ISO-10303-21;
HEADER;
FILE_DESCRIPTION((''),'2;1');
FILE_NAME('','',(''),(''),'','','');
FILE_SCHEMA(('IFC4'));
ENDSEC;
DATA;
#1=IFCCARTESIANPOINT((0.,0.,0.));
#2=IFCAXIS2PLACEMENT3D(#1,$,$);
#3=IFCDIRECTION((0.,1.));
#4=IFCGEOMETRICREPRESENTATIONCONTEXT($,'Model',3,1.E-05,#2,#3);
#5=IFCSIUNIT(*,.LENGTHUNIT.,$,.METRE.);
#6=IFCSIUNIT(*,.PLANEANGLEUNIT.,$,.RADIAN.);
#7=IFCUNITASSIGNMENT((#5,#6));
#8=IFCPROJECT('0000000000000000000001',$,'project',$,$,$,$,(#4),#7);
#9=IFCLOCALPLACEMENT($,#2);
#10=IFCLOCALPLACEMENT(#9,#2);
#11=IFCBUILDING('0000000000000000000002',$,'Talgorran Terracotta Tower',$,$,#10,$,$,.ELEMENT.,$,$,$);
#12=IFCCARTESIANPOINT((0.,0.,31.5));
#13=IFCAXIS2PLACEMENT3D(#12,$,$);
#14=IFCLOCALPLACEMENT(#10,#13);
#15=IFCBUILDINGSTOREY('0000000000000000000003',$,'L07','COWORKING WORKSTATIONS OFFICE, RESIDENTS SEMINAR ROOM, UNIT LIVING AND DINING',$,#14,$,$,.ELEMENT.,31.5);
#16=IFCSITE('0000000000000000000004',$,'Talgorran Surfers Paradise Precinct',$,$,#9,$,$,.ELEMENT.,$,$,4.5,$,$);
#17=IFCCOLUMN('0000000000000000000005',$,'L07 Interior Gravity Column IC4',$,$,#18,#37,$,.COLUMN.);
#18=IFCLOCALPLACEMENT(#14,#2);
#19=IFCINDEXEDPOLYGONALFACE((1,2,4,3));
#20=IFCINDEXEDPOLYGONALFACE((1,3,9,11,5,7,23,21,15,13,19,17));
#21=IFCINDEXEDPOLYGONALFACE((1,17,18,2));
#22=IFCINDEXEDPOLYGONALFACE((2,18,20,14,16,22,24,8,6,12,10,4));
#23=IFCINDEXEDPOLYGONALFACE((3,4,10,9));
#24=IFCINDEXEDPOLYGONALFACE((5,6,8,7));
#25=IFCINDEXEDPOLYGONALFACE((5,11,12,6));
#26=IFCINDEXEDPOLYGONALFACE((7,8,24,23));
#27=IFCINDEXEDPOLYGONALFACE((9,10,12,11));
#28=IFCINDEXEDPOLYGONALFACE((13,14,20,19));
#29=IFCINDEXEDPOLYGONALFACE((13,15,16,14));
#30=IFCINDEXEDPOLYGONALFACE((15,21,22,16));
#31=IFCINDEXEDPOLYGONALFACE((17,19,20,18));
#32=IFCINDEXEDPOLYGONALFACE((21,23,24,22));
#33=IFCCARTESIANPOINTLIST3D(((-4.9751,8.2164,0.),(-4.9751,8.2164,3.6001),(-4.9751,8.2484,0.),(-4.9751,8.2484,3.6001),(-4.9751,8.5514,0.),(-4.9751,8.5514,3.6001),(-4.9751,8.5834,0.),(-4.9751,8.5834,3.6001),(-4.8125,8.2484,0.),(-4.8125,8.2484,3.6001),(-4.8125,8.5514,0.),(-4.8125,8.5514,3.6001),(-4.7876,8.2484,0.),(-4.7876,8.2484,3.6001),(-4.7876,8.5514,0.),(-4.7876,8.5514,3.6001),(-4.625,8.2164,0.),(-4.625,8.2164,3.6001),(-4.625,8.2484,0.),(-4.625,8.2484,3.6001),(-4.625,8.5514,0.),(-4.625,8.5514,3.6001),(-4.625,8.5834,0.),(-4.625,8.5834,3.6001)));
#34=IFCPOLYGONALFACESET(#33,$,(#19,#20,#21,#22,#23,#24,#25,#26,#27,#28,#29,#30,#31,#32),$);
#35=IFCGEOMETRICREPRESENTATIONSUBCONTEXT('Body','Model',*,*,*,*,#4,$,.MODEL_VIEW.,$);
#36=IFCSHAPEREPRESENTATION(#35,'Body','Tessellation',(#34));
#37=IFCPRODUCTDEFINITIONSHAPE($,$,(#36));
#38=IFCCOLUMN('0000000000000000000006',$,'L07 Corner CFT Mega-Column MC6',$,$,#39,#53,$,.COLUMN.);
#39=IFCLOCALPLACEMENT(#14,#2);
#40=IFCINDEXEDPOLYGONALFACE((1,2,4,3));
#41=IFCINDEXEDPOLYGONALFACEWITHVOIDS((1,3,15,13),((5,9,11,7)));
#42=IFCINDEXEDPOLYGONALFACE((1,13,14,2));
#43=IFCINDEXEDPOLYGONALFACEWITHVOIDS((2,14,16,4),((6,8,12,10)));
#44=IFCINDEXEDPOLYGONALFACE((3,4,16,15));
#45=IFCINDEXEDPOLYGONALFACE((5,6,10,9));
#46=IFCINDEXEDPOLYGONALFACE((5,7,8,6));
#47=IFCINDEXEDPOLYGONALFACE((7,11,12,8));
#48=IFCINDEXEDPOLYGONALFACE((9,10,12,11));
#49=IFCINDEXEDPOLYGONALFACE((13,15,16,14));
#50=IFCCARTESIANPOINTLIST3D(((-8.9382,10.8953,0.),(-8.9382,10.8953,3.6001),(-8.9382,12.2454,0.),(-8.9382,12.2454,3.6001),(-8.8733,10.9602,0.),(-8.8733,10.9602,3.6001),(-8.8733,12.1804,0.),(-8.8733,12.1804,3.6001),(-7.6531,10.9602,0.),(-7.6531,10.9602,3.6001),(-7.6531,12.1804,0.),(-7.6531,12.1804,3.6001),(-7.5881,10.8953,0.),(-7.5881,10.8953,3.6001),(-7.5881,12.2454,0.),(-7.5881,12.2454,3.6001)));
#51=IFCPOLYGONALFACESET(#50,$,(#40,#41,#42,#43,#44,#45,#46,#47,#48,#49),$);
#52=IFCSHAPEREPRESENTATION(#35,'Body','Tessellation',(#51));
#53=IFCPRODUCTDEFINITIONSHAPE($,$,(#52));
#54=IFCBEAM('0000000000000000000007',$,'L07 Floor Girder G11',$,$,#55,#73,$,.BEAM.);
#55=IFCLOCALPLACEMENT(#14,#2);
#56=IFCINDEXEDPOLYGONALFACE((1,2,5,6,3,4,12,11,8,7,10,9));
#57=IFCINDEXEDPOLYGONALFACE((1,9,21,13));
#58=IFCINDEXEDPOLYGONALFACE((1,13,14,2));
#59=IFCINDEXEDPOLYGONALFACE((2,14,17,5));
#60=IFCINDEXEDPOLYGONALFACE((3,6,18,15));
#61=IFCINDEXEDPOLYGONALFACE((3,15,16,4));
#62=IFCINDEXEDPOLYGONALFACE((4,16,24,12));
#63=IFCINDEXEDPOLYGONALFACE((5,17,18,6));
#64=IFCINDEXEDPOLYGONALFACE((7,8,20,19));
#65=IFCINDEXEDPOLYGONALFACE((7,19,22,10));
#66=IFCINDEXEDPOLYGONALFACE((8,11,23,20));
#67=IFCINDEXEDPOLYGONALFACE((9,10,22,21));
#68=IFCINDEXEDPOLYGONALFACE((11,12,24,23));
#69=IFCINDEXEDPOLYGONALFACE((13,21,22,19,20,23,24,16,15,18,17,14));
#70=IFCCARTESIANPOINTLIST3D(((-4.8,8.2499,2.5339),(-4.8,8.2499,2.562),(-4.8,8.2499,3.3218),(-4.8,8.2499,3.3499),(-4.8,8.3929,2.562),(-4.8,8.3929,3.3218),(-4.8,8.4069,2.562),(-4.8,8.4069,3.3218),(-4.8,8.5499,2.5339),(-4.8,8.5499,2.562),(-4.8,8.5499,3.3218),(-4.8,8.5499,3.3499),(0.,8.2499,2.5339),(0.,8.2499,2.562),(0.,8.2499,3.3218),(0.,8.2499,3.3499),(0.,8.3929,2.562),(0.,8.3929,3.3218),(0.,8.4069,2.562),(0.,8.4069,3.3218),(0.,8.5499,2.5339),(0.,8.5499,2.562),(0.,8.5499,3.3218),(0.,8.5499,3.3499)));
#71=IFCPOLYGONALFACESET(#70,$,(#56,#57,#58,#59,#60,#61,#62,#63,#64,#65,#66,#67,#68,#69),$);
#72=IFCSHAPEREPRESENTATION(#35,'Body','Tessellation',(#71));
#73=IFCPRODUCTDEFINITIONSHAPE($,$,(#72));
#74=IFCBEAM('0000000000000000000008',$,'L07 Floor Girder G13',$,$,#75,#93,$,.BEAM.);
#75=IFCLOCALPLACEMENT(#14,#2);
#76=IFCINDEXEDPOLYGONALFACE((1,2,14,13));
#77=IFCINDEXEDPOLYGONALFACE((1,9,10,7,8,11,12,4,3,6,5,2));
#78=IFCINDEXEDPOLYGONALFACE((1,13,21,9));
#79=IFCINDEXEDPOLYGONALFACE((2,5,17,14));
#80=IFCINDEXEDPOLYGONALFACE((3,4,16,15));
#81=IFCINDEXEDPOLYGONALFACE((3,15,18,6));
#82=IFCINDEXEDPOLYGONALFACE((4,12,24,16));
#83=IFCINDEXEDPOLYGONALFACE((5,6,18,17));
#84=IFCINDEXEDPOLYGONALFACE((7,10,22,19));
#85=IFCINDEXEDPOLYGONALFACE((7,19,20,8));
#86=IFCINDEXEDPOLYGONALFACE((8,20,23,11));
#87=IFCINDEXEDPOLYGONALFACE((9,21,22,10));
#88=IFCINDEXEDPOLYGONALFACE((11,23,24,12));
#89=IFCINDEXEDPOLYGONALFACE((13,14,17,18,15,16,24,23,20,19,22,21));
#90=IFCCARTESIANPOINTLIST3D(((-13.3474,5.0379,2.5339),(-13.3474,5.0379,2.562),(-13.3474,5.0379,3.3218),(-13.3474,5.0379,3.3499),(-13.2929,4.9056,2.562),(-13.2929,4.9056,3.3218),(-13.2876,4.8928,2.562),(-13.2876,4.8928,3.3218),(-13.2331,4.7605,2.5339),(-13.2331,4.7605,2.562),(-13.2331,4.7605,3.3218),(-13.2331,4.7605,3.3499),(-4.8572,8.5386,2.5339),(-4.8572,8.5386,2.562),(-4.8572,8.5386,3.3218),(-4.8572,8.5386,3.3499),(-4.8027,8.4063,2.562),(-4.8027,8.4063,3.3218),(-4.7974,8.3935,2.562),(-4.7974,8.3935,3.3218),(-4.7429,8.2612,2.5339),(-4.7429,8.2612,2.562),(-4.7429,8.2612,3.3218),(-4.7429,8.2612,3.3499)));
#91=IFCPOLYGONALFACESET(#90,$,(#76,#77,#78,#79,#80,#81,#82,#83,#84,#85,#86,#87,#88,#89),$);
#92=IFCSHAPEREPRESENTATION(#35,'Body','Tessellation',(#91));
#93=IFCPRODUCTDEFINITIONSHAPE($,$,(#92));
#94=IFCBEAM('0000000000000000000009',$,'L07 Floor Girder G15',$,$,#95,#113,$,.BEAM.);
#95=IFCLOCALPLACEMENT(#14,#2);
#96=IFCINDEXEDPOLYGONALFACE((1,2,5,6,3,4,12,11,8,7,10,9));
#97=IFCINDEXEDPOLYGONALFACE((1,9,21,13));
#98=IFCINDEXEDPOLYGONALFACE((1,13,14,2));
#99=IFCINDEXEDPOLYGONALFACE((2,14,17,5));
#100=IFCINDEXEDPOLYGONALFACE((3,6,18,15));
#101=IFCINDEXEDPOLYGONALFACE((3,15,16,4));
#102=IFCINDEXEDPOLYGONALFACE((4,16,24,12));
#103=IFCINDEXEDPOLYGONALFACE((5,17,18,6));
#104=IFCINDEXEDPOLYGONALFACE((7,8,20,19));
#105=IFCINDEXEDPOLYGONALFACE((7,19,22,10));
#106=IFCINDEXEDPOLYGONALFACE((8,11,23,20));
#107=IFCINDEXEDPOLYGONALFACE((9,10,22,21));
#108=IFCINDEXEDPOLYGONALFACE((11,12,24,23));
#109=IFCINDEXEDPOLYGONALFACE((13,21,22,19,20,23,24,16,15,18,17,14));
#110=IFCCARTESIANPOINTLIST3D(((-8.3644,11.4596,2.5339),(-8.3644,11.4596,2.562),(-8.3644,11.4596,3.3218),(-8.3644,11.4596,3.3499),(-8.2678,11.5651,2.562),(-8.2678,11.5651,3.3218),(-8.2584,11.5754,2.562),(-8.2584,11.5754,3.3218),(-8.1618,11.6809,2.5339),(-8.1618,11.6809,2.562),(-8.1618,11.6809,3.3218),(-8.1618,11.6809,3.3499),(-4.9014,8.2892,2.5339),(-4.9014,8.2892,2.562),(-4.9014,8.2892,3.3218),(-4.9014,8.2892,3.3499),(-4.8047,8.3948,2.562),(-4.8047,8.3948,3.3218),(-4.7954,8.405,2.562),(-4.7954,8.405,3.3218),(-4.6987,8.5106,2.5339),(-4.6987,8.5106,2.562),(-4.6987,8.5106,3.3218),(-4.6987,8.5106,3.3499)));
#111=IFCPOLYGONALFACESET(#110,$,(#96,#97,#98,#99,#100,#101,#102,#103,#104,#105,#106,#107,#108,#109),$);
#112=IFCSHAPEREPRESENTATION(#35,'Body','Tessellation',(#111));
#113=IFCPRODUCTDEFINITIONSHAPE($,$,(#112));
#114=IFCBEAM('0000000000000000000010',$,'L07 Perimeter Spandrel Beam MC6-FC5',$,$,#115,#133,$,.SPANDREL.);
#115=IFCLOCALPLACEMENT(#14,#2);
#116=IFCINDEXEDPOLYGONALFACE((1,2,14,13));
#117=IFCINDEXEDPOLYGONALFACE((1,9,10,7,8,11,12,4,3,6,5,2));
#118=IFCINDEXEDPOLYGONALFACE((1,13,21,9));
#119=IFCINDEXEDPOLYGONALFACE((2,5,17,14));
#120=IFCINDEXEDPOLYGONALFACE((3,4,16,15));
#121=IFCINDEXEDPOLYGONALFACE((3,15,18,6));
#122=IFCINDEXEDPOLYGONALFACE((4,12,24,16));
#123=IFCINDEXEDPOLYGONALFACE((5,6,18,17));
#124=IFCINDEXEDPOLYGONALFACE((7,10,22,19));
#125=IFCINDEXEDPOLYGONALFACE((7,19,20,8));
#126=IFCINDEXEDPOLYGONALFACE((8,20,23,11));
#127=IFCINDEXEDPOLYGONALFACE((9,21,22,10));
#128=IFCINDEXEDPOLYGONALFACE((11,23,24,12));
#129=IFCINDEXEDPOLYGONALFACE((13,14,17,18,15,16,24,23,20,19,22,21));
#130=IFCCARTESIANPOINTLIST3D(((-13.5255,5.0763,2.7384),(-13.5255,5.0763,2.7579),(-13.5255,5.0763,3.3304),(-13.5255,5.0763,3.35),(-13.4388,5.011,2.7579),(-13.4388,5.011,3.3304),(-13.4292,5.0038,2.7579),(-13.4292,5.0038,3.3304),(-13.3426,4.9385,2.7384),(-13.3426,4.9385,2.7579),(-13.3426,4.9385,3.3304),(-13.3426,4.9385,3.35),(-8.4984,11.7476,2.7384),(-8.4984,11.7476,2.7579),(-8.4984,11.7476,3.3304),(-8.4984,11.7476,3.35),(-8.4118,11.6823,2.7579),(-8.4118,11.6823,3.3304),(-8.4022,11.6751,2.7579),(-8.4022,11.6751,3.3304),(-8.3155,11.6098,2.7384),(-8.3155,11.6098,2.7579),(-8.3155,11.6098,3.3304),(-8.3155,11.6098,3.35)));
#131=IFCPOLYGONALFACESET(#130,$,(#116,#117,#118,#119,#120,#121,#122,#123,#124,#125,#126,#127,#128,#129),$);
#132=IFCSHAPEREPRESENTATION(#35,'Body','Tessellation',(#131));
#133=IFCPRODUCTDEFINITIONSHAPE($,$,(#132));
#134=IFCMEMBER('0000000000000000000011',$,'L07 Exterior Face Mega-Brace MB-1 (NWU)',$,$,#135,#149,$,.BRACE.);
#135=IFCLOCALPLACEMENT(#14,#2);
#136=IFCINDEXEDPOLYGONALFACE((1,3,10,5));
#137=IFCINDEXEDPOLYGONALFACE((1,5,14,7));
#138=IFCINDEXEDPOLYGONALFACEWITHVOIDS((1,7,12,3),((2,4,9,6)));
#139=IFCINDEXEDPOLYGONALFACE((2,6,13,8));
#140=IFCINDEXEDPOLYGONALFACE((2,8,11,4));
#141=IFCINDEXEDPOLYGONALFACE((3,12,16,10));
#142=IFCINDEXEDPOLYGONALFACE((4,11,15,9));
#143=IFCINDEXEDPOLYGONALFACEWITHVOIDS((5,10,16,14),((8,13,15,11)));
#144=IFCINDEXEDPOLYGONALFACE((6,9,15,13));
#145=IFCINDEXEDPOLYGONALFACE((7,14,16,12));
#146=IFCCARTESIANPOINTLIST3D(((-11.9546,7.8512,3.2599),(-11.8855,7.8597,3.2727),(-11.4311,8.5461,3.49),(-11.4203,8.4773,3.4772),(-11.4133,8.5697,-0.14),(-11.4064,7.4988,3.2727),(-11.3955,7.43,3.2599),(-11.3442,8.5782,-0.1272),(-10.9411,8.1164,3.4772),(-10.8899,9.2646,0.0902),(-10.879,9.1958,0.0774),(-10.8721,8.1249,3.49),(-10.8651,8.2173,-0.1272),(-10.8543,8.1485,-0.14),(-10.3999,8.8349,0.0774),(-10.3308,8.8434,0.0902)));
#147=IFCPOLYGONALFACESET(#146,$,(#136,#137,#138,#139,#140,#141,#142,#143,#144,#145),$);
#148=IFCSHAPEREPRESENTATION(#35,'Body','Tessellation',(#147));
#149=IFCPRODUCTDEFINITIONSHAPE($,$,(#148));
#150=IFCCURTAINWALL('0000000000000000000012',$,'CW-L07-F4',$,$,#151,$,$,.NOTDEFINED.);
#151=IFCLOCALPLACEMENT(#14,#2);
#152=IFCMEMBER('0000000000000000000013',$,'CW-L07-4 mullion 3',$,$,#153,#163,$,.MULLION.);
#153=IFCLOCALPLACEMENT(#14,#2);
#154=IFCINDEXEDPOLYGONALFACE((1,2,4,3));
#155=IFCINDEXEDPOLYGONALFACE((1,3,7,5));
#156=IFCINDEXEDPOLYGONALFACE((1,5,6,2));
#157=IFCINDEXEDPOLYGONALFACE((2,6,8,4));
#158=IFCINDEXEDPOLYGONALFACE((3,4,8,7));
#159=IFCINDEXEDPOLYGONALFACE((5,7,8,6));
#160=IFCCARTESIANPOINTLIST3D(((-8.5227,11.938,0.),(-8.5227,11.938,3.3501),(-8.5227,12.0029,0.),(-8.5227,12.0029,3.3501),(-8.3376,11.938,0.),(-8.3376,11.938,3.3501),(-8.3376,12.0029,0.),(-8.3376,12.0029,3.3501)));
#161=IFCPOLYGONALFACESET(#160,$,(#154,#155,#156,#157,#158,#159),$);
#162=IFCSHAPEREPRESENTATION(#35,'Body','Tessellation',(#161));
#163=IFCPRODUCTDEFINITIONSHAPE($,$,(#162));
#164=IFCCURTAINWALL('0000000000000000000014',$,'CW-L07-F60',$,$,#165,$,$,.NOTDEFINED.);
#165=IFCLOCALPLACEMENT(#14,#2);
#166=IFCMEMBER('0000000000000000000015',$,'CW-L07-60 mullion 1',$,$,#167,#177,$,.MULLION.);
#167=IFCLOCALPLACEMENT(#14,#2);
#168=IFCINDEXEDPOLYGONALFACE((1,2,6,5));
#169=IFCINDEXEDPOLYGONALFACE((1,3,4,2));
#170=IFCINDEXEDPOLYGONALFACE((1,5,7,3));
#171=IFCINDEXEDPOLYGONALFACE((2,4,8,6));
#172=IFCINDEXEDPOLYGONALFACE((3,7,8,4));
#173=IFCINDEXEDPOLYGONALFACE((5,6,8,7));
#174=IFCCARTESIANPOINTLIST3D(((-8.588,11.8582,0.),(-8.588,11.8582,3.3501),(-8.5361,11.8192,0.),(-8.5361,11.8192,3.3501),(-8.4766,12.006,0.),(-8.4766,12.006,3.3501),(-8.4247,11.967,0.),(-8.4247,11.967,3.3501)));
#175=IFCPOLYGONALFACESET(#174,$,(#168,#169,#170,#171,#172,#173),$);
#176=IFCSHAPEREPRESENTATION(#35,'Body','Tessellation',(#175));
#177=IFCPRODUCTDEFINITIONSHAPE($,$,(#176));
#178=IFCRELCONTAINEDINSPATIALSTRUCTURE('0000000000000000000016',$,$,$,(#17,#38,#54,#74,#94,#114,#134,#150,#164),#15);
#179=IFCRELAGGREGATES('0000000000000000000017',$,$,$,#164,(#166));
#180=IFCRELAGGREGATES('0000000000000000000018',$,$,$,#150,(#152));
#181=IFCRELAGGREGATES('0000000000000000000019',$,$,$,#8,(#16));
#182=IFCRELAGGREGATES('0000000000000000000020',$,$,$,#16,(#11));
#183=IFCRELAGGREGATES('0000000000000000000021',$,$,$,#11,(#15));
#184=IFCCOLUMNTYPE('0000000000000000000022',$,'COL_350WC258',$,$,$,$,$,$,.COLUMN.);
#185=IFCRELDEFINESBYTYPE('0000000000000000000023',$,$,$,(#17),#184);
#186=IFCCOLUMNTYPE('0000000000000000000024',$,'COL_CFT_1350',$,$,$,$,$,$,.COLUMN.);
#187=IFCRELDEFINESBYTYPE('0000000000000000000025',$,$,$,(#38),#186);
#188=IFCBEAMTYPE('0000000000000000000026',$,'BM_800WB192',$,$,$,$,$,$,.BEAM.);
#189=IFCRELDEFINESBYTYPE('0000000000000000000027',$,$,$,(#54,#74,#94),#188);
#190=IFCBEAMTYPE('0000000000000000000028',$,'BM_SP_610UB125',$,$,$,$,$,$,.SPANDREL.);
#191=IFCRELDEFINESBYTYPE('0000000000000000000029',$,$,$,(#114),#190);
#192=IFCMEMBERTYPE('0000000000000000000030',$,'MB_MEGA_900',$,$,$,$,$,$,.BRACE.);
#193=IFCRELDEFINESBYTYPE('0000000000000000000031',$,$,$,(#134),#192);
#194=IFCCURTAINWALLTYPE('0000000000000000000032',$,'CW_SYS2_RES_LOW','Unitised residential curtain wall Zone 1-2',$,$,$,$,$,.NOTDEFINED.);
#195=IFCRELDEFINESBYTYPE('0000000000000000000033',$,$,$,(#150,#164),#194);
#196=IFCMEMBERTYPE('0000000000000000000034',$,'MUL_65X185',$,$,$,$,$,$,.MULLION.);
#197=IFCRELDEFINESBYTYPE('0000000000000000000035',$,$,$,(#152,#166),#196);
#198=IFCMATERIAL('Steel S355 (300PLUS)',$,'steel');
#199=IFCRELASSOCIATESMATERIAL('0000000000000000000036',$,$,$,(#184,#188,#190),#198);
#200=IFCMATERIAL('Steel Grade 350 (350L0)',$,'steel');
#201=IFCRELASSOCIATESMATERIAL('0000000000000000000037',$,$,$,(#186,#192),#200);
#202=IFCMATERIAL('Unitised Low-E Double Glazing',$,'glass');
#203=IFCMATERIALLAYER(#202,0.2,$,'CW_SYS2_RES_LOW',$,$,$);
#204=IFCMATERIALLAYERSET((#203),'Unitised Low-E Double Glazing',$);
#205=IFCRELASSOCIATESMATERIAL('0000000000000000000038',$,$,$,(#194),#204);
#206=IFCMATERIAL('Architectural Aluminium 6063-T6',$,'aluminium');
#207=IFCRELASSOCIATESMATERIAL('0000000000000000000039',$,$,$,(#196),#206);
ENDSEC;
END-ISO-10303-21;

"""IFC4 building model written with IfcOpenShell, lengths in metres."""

from ifc_helpers import new_model, si_unit, direction, frame, origin, origin_2d, place, context, subcontext, project, spatial, rectangle, hollow_rectangle, i_section, extrude, material, layer, layer_set, material_profile, profile_set, type_object, element, aggregate, save


model = new_model("IFC4")

# Units and contexts
model_context = context("Model", 3, precision=1e-05, world=origin(), true_north=direction((0.0, 1.0)))
body_context = subcontext(model_context, "Body", "Model", "MODEL_VIEW")
ifc_project = project(units=[si_unit("LENGTHUNIT", "METRE"), si_unit("PLANEANGLEUNIT", "RADIAN")], contexts=[model_context])

# Site, building, storey
site_placement = place(None, origin())
site = spatial("IfcSite", under=ifc_project, at=site_placement, Name="Talgorran Surfers Paradise Precinct", CompositionType="ELEMENT", RefElevation=4.5)
building_placement = place(site_placement, origin())
building = spatial("IfcBuilding", under=site, at=building_placement, Name="Talgorran Terracotta Tower", CompositionType="ELEMENT")
storey_placement = place(building_placement, frame((0.0, 0.0, 31.5)))
storey = spatial("IfcBuildingStorey", under=building, at=storey_placement, Name="L07", Description="COWORKING WORKSTATIONS OFFICE, RESIDENTS SEMINAR ROOM, UNIT LIVING AND DINING", CompositionType="ELEMENT", Elevation=31.5)

# Columns
ifc_material_1 = material(Name="Steel S355 (300PLUS)", Category="steel")
ifc_material_profile_1 = material_profile(ifc_material_1, i_section(OverallWidth=0.3501, OverallDepth=0.3669, WebThickness=0.0249, FlangeThickness=0.032, at=origin_2d()), Name="350WC258")
ifc_profile_set_1 = profile_set([ifc_material_profile_1], Name="Steel S355 (300PLUS)")
column_type_1 = type_object("IfcColumnType", Name="COL_350WC258", PredefinedType="COLUMN", material=ifc_profile_set_1)
column_1_placement = place(storey_placement, frame((-4.8, 8.3999, 0.0), z_axis=(0.0, 0.0, 1.0), x_axis=(1.0, 0.0, 0.0)))
element("IfcColumn", 1, at=column_1_placement, inside=storey, type_object=column_type_1, Name="L07 Interior Gravity Column IC4", PredefinedType="COLUMN", context=body_context, shape_type="SweptSolid", body=[
    extrude(i_section(OverallWidth=0.3501, OverallDepth=0.3669, WebThickness=0.0249, FlangeThickness=0.032, at=origin_2d()), origin(), (0.0, 0.0, 1.0), 3.6001),
])
ifc_material_2 = material(Name="Steel Grade 350 (350L0)", Category="steel")
ifc_material_profile_2 = material_profile(ifc_material_2, hollow_rectangle(XDim=1.3501, YDim=1.3501, WallThickness=0.0649, at=origin_2d()), Name="CFT1350X1350X65")
ifc_profile_set_2 = profile_set([ifc_material_profile_2], Name="Steel Grade 350 (350L0)")
column_type_2 = type_object("IfcColumnType", Name="COL_CFT_1350", PredefinedType="COLUMN", material=ifc_profile_set_2)
column_2_placement = place(storey_placement, frame((-8.2632, 11.5703, 0.0), z_axis=(0.0, 0.0, 1.0), x_axis=(1.0, 0.0, 0.0)))
element("IfcColumn", 2, at=column_2_placement, inside=storey, type_object=column_type_2, Name="L07 Corner CFT Mega-Column MC6", PredefinedType="COLUMN", context=body_context, shape_type="SweptSolid", body=[
    extrude(hollow_rectangle(XDim=1.3501, YDim=1.3501, WallThickness=0.0649, at=origin_2d()), origin(), (0.0, 0.0, 1.0), 3.6001),
])

# Beams
ifc_material_profile_3 = material_profile(ifc_material_1, i_section(OverallWidth=0.3, OverallDepth=0.8159, WebThickness=0.0139, FlangeThickness=0.0281, at=origin_2d()), Name="800WB192")
ifc_profile_set_3 = profile_set([ifc_material_profile_3], Name="Steel S355 (300PLUS)")
beam_type_1 = type_object("IfcBeamType", Name="BM_800WB192", PredefinedType="BEAM", material=ifc_profile_set_3)
beam_1_placement = place(storey_placement, frame((-4.8, 8.3999, 2.9419), z_axis=(1.0, 0.0, 0.0), x_axis=(0.0, 1.0, 0.0)))
element("IfcBeam", 3, at=beam_1_placement, inside=storey, type_object=beam_type_1, Name="L07 Floor Girder G11", PredefinedType="BEAM", context=body_context, shape_type="SweptSolid", body=[
    extrude(i_section(OverallWidth=0.3, OverallDepth=0.8159, WebThickness=0.0139, FlangeThickness=0.0281, at=origin_2d()), origin(), (0.0, 0.0, 1.0), 4.8),
])
beam_2_placement = place(storey_placement, frame((-4.8, 8.3999, 2.9419), z_axis=(-0.924496, -0.381192, 0.0), x_axis=(0.381192, -0.924496, 0.0)))
element("IfcBeam", 4, at=beam_2_placement, inside=storey, type_object=beam_type_1, Name="L07 Floor Girder G13", PredefinedType="BEAM", context=body_context, shape_type="SweptSolid", body=[
    extrude(i_section(OverallWidth=0.3, OverallDepth=0.8159, WebThickness=0.0139, FlangeThickness=0.0281, at=origin_2d()), origin(), (0.0, 0.0, 1.0), 9.1836),
])
beam_3_placement = place(storey_placement, frame((-4.8, 8.3999, 2.9419), z_axis=(-0.737592, 0.675246, 0.0), x_axis=(-0.675246, -0.737592, 0.0)))
element("IfcBeam", 5, at=beam_3_placement, inside=storey, type_object=beam_type_1, Name="L07 Floor Girder G15", PredefinedType="BEAM", context=body_context, shape_type="SweptSolid", body=[
    extrude(i_section(OverallWidth=0.3, OverallDepth=0.8159, WebThickness=0.0139, FlangeThickness=0.0281, at=origin_2d()), origin(), (0.0, 0.0, 1.0), 4.6951),
])
ifc_material_profile_4 = material_profile(ifc_material_1, i_section(OverallWidth=0.229, OverallDepth=0.6116, WebThickness=0.012, FlangeThickness=0.0195, at=origin_2d()), Name="610UB125")
ifc_profile_set_4 = profile_set([ifc_material_profile_4], Name="Steel S355 (300PLUS)")
beam_type_2 = type_object("IfcBeamType", Name="BM_SP_610UB125", PredefinedType="SPANDREL", material=ifc_profile_set_4)
beam_4_placement = place(storey_placement, frame((-8.407, 11.6787, 3.0442), z_axis=(-0.601804, -0.798644, 0.0), x_axis=(0.798644, -0.601804, 0.0)))
element("IfcBeam", 6, at=beam_4_placement, inside=storey, type_object=beam_type_2, Name="L07 Perimeter Spandrel Beam MC6-FC5", PredefinedType="SPANDREL", context=body_context, shape_type="SweptSolid", body=[
    extrude(i_section(OverallWidth=0.229, OverallDepth=0.6116, WebThickness=0.012, FlangeThickness=0.0195, at=origin_2d()), origin(), (0.0, 0.0, 1.0), 8.3533),
])

# Member
ifc_material_profile_5 = material_profile(ifc_material_2, hollow_rectangle(XDim=0.7, YDim=0.8999, WallThickness=0.05, at=origin_2d()), Name="WBOX900X700X50")
ifc_profile_set_5 = profile_set([ifc_material_profile_5], Name="Steel Grade 350 (350L0)")
member_type_1 = type_object("IfcMemberType", Name="MB_MEGA_900", PredefinedType="BRACE", material=ifc_profile_set_5)
member_1_placement = place(storey_placement, frame((-10.8721, 8.7065, -0.0249), z_axis=(-0.153903, -0.204301, 0.966734), x_axis=(0.798728, -0.601692, 0.0)))
element("IfcMember", 7, at=member_1_placement, inside=storey, type_object=member_type_1, Name="L07 Exterior Face Mega-Brace MB-1 (NWU)", PredefinedType="BRACE", context=body_context, shape_type="SweptSolid", body=[
    extrude(hollow_rectangle(XDim=0.7, YDim=0.8999, WallThickness=0.05, at=origin_2d()), origin(), (0.0, 0.0, 1.0), 3.5168),
])

# Curtain wall, member
ifc_material_3 = material(Name="Unitised Low-E Double Glazing", Category="glass")
ifc_layer_1 = layer(ifc_material_3, 0.2, Name="CW_SYS2_RES_LOW")
ifc_layer_set_1 = layer_set([ifc_layer_1], Name="Unitised Low-E Double Glazing")
curtain_wall_type = type_object("IfcCurtainWallType", Name="CW_SYS2_RES_LOW", Description="Unitised residential curtain wall Zone 1-2", PredefinedType="NOTDEFINED", material=ifc_layer_set_1)
curtain_wall_1_placement = place(storey_placement, origin())
curtain_wall_1 = element("IfcCurtainWall", 8, at=curtain_wall_1_placement, inside=storey, type_object=curtain_wall_type, Name="CW-L07-F4", PredefinedType="NOTDEFINED")
ifc_material_4 = material(Name="Architectural Aluminium 6063-T6", Category="aluminium")
ifc_material_profile_6 = material_profile(ifc_material_4, rectangle(XDim=0.0649, YDim=0.1851, at=origin_2d()), Name="CWM65X185")
ifc_profile_set_6 = profile_set([ifc_material_profile_6], Name="Architectural Aluminium 6063-T6")
member_type_2 = type_object("IfcMemberType", Name="MUL_65X185", PredefinedType="MULLION", material=ifc_profile_set_6)
member_2_placement = place(storey_placement, frame((-8.4302, 11.9705, 0.0), z_axis=(0.0, 0.0, 1.0), x_axis=(0.0, -1.0, 0.0)))
member_2 = element("IfcMember", 9, at=member_2_placement, type_object=member_type_2, Name="CW-L07-4 mullion 3", PredefinedType="MULLION", context=body_context, shape_type="SweptSolid", body=[
    extrude(rectangle(XDim=0.0649, YDim=0.1851, at=origin_2d()), origin(), (0.0, 0.0, 1.0), 3.3501),
])

# Curtain wall, member
curtain_wall_2_placement = place(storey_placement, origin())
curtain_wall_2 = element("IfcCurtainWall", 10, at=curtain_wall_2_placement, inside=storey, type_object=curtain_wall_type, Name="CW-L07-F60", PredefinedType="NOTDEFINED")
member_3_placement = place(storey_placement, frame((-8.5063, 11.9126, 0.0), z_axis=(0.0, 0.0, 1.0), x_axis=(0.798648, -0.601798, 0.0)))
member_3 = element("IfcMember", 11, at=member_3_placement, type_object=member_type_2, Name="CW-L07-60 mullion 1", PredefinedType="MULLION", context=body_context, shape_type="SweptSolid", body=[
    extrude(rectangle(XDim=0.0649, YDim=0.1851, at=origin_2d()), origin(), (0.0, 0.0, 1.0), 3.3501),
])

aggregate(curtain_wall_2, [member_3])
aggregate(curtain_wall_1, [member_2])

save(model, "model.ifc")
